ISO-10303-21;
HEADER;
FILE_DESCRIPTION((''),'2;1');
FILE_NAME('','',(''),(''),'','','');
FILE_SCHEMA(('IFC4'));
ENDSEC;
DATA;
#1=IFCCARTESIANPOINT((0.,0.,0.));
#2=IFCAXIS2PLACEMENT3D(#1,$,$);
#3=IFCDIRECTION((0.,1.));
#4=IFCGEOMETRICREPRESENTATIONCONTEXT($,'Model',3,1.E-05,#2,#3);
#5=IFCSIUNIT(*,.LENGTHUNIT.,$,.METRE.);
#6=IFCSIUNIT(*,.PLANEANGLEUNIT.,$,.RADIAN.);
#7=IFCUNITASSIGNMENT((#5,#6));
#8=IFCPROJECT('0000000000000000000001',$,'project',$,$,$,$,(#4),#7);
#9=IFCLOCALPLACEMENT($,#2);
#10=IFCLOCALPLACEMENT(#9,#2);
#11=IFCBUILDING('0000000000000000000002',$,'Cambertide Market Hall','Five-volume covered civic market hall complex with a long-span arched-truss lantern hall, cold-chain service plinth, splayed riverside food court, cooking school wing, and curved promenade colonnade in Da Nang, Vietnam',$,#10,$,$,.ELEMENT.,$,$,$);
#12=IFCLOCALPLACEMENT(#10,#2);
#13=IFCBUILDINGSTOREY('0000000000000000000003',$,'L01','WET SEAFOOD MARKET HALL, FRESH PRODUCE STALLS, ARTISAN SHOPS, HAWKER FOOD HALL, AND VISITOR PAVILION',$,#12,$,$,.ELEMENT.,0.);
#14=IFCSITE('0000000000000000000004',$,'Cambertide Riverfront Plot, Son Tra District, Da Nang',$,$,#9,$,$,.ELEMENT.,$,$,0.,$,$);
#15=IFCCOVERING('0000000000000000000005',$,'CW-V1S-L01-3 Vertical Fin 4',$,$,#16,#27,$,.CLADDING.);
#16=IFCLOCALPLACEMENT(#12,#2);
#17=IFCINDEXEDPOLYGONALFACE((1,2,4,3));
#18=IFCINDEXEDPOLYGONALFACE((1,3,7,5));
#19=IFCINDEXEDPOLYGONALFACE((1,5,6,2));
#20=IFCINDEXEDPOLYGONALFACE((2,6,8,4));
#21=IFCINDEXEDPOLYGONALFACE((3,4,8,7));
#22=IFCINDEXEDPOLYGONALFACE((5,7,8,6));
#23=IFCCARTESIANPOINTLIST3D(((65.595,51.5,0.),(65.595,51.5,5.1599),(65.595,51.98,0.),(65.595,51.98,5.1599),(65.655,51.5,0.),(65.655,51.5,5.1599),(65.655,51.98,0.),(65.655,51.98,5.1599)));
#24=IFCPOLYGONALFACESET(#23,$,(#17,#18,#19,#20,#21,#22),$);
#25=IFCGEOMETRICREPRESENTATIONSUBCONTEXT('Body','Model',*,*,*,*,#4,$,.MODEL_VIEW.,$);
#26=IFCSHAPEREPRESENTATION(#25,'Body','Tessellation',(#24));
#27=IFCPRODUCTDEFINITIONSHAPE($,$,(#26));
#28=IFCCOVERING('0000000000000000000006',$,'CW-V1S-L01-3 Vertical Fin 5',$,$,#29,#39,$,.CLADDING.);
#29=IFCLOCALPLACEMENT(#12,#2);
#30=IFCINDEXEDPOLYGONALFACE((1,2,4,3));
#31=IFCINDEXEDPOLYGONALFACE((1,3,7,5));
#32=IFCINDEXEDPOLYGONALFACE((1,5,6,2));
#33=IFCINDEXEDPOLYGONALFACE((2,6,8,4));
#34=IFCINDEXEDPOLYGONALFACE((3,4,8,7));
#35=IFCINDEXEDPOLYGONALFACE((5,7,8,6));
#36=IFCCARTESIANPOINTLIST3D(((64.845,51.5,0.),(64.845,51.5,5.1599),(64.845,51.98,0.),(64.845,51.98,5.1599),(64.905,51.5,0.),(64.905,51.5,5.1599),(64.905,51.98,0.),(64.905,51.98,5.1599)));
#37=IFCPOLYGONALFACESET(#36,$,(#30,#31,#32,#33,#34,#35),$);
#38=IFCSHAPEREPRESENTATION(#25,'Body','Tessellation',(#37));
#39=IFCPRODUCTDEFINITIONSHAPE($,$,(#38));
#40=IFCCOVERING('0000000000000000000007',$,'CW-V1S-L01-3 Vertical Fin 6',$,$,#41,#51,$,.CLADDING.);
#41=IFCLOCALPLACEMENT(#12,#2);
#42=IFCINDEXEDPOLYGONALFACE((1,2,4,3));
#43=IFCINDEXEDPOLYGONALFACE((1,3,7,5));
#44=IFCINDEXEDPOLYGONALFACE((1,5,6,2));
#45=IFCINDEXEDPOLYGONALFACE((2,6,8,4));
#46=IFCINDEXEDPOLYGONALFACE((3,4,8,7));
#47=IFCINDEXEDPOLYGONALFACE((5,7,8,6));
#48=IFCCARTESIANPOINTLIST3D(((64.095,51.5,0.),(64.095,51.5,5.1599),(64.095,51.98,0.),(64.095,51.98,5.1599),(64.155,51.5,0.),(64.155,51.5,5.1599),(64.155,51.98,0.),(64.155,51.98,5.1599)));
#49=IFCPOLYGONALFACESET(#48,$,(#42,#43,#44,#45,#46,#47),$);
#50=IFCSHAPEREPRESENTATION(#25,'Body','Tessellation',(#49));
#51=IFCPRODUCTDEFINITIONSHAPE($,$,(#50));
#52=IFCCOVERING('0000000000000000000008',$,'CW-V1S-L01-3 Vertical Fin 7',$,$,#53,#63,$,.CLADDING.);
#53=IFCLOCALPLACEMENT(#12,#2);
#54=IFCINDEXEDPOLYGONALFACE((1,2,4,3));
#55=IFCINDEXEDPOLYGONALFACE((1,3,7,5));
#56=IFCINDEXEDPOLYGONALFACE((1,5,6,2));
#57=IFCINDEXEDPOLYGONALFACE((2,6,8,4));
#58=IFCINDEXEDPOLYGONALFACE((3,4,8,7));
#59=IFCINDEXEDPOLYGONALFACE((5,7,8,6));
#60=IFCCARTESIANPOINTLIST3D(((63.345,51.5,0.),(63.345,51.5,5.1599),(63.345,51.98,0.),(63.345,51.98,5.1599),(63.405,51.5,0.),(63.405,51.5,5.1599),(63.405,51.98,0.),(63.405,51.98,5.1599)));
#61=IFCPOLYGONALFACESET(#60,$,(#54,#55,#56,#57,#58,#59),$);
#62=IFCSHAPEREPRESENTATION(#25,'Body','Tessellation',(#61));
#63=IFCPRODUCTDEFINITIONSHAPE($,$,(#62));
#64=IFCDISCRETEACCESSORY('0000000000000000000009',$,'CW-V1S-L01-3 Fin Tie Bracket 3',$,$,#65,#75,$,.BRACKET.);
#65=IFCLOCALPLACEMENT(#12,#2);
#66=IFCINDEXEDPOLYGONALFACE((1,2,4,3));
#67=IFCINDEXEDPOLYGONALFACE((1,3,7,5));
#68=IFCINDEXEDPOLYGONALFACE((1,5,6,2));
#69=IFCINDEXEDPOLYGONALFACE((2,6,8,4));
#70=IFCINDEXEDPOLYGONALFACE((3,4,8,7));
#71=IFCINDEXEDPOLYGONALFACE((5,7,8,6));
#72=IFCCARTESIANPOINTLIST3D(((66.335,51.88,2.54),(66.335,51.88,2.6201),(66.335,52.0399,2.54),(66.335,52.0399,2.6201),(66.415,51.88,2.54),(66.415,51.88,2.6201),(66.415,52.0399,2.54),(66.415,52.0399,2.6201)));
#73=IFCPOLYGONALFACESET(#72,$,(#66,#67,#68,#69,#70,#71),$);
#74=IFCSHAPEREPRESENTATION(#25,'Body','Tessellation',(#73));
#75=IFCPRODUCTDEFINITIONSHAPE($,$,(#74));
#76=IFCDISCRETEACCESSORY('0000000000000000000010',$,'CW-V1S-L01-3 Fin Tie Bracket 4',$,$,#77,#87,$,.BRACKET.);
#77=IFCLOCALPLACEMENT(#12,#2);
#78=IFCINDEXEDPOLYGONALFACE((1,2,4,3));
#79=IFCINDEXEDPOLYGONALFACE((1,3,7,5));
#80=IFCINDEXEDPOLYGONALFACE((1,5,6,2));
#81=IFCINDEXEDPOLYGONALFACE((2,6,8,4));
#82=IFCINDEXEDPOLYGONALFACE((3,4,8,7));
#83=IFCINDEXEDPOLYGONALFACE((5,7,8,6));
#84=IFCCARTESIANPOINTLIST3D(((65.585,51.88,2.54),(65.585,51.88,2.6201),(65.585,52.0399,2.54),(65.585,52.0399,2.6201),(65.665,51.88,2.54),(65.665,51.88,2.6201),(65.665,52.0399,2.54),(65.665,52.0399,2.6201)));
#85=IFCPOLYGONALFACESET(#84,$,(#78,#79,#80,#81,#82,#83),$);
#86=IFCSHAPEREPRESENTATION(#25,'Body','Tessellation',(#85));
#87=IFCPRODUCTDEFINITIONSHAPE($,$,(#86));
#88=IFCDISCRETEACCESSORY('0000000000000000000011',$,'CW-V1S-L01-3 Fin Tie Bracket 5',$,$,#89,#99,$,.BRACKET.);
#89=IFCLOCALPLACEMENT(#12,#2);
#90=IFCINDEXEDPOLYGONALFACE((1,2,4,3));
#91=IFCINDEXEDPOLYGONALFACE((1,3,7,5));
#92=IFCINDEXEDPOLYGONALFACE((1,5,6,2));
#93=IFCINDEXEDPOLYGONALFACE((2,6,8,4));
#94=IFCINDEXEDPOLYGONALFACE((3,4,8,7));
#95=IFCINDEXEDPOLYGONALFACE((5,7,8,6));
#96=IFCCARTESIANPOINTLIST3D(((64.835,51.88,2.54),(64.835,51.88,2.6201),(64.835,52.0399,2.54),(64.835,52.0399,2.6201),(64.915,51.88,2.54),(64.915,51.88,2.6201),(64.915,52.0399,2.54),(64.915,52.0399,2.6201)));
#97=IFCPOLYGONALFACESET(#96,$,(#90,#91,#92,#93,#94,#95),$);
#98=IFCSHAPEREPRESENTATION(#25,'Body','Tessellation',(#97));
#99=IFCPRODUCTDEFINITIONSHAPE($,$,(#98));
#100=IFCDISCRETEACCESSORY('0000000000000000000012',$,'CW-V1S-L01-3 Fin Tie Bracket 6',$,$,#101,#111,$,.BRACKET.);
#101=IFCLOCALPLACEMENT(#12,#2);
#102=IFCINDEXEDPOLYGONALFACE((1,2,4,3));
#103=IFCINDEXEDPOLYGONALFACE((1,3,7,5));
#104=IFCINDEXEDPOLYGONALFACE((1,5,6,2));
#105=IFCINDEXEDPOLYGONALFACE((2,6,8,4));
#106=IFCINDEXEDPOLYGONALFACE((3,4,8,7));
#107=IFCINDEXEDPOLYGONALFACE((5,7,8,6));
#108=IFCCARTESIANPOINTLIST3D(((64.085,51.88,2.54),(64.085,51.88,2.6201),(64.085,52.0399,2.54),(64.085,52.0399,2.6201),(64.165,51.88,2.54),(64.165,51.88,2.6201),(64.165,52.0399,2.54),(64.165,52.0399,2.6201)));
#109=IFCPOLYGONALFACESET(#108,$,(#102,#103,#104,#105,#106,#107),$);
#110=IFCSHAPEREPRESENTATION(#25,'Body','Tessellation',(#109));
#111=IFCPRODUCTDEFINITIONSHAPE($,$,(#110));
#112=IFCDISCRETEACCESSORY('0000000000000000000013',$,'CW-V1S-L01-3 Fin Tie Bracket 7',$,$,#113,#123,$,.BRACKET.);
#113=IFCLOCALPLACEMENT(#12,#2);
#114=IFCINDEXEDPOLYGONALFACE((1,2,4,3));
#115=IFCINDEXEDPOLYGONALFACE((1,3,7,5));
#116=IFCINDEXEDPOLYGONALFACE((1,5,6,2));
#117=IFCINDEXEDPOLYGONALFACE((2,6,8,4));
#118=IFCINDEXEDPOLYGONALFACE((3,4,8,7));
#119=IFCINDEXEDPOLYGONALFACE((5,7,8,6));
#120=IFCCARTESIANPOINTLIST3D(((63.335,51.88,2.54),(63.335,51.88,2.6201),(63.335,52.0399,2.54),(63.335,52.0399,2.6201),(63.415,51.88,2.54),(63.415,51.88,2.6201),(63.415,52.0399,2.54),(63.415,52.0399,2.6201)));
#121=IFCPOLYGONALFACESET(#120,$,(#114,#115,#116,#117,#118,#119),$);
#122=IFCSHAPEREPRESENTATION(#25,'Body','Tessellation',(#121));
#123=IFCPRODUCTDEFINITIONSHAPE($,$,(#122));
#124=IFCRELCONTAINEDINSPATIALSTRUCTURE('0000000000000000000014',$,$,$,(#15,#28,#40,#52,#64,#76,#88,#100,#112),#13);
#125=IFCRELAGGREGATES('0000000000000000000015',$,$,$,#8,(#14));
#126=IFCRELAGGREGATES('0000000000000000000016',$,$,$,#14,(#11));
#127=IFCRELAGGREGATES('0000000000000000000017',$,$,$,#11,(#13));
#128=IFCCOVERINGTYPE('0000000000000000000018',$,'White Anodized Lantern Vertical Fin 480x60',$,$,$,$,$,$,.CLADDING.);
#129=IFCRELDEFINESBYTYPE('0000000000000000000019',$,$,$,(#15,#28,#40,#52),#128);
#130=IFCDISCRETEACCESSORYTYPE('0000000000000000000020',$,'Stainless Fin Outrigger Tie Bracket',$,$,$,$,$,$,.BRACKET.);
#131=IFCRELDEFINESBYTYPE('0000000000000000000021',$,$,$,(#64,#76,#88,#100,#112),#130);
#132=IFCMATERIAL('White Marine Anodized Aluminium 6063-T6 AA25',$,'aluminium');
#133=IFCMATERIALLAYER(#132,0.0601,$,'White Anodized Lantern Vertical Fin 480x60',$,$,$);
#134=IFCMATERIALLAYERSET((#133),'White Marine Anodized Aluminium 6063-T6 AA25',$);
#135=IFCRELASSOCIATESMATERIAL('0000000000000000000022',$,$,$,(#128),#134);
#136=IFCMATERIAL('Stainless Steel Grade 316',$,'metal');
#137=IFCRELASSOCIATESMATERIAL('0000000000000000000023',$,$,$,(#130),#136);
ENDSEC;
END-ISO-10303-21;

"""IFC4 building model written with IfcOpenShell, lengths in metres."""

from ifc_helpers import new_model, si_unit, direction, frame, origin, origin_2d, place, context, subcontext, project, spatial, rectangle, extrude, material, layer, layer_set, type_object, element, save


model = new_model("IFC4")

# Units and contexts
model_context = context("Model", 3, precision=1e-05, world=origin(), true_north=direction((0.0, 1.0)))
body_context = subcontext(model_context, "Body", "Model", "MODEL_VIEW")
ifc_project = project(units=[si_unit("LENGTHUNIT", "METRE"), si_unit("PLANEANGLEUNIT", "RADIAN")], contexts=[model_context])

# Site, building, storey
site_placement = place(None, origin())
site = spatial("IfcSite", under=ifc_project, at=site_placement, Name="Cambertide Riverfront Plot, Son Tra District, Da Nang", CompositionType="ELEMENT", RefElevation=0.0)
building_placement = place(site_placement, origin())
building = spatial("IfcBuilding", under=site, at=building_placement, Name="Cambertide Market Hall", Description="Five-volume covered civic market hall complex with a long-span arched-truss lantern hall, cold-chain service plinth, splayed riverside food court, cooking school wing, and curved promenade colonnade in Da Nang, Vietnam", CompositionType="ELEMENT")
storey_placement = place(building_placement, origin())
storey = spatial("IfcBuildingStorey", under=building, at=storey_placement, Name="L01", Description="WET SEAFOOD MARKET HALL, FRESH PRODUCE STALLS, ARTISAN SHOPS, HAWKER FOOD HALL, AND VISITOR PAVILION", CompositionType="ELEMENT", Elevation=0.0)

# Coverings
ifc_material_1 = material(Name="White Marine Anodized Aluminium 6063-T6 AA25", Category="aluminium")
ifc_layer_1 = layer(ifc_material_1, 0.0601, Name="White Anodized Lantern Vertical Fin 480x60")
ifc_layer_set_1 = layer_set([ifc_layer_1], Name="White Marine Anodized Aluminium 6063-T6 AA25")
covering_type = type_object("IfcCoveringType", Name="White Anodized Lantern Vertical Fin 480x60", PredefinedType="CLADDING", material=ifc_layer_set_1)
for number, where, z_axis, x_axis, name in (
    (1, (65.625, 51.74, 0.0), (0.0, 0.0, 1.0), (-1.0, 0.0, 0.0), "CW-V1S-L01-3 Vertical Fin 4"),
    (2, (64.875, 51.74, 0.0), (0.0, 0.0, 1.0), (-1.0, 0.0, 0.0), "CW-V1S-L01-3 Vertical Fin 5"),
    (3, (64.125, 51.74, 0.0), (0.0, 0.0, 1.0), (-1.0, 0.0, 0.0), "CW-V1S-L01-3 Vertical Fin 6"),
    (4, (63.375, 51.74, 0.0), (0.0, 0.0, 1.0), (-1.0, 0.0, 0.0), "CW-V1S-L01-3 Vertical Fin 7"),
):
    element("IfcCovering", number, at=place(storey_placement, frame(where, z_axis=z_axis, x_axis=x_axis)), inside=storey, type_object=covering_type, Name=name, PredefinedType="CLADDING", context=body_context, shape_type="SweptSolid", body=[
        extrude(rectangle(XDim=0.0601, YDim=0.48, at=origin_2d()), origin(), (0.0, 0.0, 1.0), 5.1599),
    ])

# Discrete accessories
ifc_material_2 = material(Name="Stainless Steel Grade 316", Category="metal")
discrete_accessory_type = type_object("IfcDiscreteAccessoryType", Name="Stainless Fin Outrigger Tie Bracket", PredefinedType="BRACKET", material=ifc_material_2)
for number, where, z_axis, x_axis, name in (
    (5, (66.375, 51.96, 2.54), (0.0, 0.0, 1.0), (-1.0, 0.0, 0.0), "CW-V1S-L01-3 Fin Tie Bracket 3"),
    (6, (65.625, 51.96, 2.54), (0.0, 0.0, 1.0), (-1.0, 0.0, 0.0), "CW-V1S-L01-3 Fin Tie Bracket 4"),
    (7, (64.875, 51.96, 2.54), (0.0, 0.0, 1.0), (-1.0, 0.0, 0.0), "CW-V1S-L01-3 Fin Tie Bracket 5"),
    (8, (64.125, 51.96, 2.54), (0.0, 0.0, 1.0), (-1.0, 0.0, 0.0), "CW-V1S-L01-3 Fin Tie Bracket 6"),
    (9, (63.375, 51.96, 2.54), (0.0, 0.0, 1.0), (-1.0, 0.0, 0.0), "CW-V1S-L01-3 Fin Tie Bracket 7"),
):
    element("IfcDiscreteAccessory", number, at=place(storey_placement, frame(where, z_axis=z_axis, x_axis=x_axis)), inside=storey, type_object=discrete_accessory_type, Name=name, PredefinedType="BRACKET", context=body_context, shape_type="SweptSolid", body=[
        extrude(rectangle(XDim=0.0801, YDim=0.1599, at=origin_2d()), origin(), (0.0, 0.0, 1.0), 0.0801),
    ])

save(model, "model.ifc")
